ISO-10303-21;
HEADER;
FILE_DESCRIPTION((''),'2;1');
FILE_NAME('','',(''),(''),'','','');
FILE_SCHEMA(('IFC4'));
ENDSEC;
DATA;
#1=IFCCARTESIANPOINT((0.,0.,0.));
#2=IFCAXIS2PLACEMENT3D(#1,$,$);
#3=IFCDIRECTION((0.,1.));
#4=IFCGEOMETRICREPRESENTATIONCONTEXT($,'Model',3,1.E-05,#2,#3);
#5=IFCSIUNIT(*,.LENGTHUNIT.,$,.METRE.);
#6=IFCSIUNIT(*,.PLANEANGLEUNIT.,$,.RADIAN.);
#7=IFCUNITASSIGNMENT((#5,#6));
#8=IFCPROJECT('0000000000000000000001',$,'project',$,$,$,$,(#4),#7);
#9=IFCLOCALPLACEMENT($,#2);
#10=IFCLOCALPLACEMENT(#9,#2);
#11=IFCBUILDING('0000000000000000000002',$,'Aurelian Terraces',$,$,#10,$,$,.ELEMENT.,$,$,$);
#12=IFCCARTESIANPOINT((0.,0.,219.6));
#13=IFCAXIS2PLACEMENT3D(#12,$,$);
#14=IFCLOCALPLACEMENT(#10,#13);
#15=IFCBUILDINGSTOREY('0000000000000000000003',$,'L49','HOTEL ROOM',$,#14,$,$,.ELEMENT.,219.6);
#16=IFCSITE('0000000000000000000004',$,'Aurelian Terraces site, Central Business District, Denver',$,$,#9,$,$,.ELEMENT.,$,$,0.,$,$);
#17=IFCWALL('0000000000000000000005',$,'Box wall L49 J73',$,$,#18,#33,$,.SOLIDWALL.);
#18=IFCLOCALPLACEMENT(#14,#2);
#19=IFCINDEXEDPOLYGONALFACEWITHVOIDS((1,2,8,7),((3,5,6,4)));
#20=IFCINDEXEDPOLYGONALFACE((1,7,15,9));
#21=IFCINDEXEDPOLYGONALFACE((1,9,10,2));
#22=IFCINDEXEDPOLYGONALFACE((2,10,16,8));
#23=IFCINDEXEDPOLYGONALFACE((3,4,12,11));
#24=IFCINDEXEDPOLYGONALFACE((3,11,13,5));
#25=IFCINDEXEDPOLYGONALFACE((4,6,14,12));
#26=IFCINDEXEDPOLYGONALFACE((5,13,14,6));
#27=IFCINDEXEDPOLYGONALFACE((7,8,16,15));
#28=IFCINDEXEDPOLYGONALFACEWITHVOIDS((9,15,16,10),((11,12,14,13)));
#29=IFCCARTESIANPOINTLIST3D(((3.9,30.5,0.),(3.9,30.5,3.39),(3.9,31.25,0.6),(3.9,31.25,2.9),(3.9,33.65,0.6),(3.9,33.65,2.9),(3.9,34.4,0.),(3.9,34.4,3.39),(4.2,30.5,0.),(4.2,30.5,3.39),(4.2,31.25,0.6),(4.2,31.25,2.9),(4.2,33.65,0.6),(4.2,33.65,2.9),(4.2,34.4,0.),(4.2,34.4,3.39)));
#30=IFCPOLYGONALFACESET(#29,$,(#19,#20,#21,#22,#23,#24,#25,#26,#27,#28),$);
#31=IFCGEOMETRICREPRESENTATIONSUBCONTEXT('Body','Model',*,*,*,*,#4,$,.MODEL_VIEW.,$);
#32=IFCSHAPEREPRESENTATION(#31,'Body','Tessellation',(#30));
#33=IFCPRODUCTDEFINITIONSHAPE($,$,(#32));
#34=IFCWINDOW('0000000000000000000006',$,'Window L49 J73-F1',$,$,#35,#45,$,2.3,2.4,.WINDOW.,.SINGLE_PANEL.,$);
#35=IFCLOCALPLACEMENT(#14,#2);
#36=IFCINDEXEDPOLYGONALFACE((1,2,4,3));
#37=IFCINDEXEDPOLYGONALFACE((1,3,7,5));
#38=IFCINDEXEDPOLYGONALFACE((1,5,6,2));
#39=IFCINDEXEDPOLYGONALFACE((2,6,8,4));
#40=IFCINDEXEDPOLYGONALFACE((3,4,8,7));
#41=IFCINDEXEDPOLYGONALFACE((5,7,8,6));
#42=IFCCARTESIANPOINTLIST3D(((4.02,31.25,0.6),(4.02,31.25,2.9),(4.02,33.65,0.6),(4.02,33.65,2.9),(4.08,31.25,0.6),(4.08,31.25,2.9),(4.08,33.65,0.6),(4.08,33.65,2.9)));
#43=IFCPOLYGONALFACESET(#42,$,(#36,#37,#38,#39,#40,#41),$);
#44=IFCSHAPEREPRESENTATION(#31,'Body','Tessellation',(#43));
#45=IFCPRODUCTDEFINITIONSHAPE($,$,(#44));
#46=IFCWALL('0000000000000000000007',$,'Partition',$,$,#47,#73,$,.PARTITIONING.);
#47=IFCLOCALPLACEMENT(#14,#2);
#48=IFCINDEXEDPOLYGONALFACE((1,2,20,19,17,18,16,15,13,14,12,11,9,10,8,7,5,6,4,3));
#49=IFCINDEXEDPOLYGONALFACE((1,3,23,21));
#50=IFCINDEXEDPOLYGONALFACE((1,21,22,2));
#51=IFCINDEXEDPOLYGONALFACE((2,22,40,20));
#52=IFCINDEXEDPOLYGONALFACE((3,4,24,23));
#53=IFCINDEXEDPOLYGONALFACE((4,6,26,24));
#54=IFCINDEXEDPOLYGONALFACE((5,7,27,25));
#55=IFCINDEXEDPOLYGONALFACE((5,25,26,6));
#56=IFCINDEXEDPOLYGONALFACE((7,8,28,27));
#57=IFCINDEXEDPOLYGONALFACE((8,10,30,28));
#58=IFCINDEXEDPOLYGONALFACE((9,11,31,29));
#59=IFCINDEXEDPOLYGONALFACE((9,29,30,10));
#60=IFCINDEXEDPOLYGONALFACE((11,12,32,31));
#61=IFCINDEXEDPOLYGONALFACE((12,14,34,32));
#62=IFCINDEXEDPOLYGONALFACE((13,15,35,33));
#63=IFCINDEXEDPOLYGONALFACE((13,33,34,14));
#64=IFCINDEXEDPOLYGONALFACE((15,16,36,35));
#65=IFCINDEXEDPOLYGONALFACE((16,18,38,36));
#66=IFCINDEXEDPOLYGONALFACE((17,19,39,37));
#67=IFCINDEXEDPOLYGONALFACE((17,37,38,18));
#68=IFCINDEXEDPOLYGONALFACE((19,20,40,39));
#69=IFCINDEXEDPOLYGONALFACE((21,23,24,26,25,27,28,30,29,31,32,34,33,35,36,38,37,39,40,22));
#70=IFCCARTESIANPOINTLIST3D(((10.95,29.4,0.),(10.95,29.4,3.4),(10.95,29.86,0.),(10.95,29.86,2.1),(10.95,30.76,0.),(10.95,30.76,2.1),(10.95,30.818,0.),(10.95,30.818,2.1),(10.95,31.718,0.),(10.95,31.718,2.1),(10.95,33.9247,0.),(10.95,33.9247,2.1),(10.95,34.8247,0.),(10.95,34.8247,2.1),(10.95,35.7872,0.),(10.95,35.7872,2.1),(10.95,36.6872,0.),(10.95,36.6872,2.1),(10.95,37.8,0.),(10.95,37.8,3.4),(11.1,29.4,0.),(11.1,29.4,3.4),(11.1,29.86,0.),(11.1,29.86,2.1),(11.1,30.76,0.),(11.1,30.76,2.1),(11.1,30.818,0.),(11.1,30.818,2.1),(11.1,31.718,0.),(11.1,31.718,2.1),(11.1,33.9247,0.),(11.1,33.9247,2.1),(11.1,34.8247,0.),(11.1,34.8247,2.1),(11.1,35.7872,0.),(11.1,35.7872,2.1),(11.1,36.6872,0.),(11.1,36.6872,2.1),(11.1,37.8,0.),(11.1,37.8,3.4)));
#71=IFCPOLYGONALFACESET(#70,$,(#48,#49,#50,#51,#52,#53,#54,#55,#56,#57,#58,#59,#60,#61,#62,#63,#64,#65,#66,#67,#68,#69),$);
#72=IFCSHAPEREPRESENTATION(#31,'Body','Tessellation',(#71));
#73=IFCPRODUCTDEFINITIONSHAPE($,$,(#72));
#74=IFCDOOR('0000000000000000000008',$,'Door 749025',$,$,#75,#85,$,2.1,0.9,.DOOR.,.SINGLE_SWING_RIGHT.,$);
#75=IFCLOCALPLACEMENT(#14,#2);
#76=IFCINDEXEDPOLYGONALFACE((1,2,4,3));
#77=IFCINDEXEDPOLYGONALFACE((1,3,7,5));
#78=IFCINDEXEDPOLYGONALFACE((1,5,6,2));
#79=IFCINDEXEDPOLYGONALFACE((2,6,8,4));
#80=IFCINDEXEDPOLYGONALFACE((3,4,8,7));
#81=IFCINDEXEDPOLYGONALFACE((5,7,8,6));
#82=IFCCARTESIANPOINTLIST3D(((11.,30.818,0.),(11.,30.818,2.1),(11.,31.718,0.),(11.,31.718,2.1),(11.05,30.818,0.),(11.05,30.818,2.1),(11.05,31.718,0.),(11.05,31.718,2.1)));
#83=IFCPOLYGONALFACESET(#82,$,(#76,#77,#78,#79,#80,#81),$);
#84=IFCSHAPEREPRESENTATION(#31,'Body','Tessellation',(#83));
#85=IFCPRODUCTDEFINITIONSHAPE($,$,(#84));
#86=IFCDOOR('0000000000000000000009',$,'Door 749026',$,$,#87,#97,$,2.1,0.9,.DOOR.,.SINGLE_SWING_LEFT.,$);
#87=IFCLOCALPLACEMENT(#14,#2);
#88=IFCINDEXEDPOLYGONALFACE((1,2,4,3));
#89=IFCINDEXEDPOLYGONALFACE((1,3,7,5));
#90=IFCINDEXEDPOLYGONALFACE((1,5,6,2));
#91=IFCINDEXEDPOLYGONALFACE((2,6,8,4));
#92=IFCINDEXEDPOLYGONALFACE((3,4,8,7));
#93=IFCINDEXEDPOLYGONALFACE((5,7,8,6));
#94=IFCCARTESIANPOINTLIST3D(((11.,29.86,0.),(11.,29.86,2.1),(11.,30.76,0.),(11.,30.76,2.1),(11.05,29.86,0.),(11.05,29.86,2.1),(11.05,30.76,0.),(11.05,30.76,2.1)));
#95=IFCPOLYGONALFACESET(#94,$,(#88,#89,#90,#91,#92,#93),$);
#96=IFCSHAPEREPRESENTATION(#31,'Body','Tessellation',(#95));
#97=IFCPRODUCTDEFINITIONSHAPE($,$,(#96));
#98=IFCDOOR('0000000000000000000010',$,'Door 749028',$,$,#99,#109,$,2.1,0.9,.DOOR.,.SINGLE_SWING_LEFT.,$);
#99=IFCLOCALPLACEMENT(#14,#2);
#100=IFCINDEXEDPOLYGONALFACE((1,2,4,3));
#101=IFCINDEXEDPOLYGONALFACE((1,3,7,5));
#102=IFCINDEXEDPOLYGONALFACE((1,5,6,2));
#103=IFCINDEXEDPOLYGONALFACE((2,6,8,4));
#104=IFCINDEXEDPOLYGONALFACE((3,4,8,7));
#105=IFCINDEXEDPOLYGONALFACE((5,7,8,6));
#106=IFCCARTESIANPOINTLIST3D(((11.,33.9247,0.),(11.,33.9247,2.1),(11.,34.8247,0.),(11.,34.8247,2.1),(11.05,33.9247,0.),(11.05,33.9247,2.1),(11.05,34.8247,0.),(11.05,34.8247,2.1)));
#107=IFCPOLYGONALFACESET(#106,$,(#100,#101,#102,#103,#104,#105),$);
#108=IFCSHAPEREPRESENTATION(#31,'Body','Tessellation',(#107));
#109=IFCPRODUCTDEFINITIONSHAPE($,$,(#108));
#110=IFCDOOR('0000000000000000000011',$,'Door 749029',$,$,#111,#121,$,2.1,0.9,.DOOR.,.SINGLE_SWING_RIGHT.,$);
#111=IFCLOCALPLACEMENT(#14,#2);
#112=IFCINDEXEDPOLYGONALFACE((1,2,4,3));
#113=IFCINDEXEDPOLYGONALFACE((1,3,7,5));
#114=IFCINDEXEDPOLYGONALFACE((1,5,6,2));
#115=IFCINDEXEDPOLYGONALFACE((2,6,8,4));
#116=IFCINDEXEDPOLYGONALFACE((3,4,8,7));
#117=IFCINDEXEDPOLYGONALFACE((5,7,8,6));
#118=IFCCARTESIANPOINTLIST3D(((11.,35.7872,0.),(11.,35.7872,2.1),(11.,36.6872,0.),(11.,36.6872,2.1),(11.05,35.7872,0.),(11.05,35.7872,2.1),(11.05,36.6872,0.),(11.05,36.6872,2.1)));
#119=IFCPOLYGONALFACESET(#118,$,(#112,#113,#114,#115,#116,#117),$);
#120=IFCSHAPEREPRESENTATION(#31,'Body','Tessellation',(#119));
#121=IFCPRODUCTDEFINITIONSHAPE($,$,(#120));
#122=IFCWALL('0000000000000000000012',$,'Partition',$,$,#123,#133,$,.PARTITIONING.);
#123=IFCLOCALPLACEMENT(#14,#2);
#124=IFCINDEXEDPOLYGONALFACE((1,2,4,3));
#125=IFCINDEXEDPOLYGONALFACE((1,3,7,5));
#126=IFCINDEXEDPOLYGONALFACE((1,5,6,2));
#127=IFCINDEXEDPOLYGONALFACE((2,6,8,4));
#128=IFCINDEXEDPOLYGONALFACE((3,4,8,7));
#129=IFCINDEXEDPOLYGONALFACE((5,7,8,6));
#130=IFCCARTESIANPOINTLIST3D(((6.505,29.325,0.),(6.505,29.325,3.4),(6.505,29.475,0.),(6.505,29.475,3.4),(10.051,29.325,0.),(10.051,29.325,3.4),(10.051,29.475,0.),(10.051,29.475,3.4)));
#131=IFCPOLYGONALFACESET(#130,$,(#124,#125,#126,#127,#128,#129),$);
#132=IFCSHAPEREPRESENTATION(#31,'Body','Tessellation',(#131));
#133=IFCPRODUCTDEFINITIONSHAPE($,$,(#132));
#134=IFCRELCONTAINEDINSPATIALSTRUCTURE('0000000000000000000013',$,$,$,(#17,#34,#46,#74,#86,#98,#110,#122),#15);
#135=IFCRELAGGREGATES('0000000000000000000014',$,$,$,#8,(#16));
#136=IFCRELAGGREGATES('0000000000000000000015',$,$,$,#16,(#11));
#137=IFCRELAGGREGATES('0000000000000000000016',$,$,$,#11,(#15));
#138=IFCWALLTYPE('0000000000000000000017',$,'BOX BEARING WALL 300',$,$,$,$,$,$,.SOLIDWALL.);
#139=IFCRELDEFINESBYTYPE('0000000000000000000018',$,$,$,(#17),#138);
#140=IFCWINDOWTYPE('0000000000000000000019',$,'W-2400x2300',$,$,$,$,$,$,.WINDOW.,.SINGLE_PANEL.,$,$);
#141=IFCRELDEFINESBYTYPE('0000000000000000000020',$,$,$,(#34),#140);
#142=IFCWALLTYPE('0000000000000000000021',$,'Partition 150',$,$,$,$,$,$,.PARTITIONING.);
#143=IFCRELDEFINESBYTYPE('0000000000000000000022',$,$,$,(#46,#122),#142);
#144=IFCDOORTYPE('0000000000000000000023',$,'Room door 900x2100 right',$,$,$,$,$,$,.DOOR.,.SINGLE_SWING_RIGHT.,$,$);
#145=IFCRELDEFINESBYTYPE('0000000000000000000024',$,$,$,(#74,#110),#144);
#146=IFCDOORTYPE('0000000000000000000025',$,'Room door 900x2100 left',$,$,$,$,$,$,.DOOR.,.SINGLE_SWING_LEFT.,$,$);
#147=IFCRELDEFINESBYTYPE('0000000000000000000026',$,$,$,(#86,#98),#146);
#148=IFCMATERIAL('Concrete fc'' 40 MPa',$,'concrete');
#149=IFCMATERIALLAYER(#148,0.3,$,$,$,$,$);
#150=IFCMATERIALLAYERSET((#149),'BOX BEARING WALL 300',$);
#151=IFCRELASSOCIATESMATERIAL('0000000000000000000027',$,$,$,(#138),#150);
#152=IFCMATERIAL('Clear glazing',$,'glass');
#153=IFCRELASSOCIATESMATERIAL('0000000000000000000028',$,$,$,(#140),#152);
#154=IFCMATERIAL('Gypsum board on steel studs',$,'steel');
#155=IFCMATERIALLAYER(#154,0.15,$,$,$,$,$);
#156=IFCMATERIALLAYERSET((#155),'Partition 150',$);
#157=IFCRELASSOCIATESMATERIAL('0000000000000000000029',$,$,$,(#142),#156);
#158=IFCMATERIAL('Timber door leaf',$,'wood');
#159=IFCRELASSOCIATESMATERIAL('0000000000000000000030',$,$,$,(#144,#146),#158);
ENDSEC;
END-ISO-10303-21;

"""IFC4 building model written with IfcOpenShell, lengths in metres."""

from ifc_helpers import new_model, si_unit, direction, frame, frame_2d, origin, place, context, subcontext, project, spatial, rectangle, extrude, source, transform, mapped, material, layer, layer_set, type_object, element, fill, save


model = new_model("IFC4")

# Units and contexts
model_context = context("Model", 3, precision=1e-05, world=origin(), true_north=direction((0.0, 1.0)))
body_context = subcontext(model_context, "Body", "Model", "MODEL_VIEW")
ifc_project = project(units=[si_unit("LENGTHUNIT", "METRE"), si_unit("PLANEANGLEUNIT", "RADIAN")], contexts=[model_context])

# Site, building, storey
site_placement = place(None, origin())
site = spatial("IfcSite", under=ifc_project, at=site_placement, Name="Aurelian Terraces site, Central Business District, Denver", CompositionType="ELEMENT", RefElevation=0.0)
building_placement = place(site_placement, origin())
building = spatial("IfcBuilding", under=site, at=building_placement, Name="Aurelian Terraces", CompositionType="ELEMENT")
storey_placement = place(building_placement, frame((0.0, 0.0, 219.6)))
storey = spatial("IfcBuildingStorey", under=building, at=storey_placement, Name="L49", Description="HOTEL ROOM", CompositionType="ELEMENT", Elevation=219.6)

# Shared definitions
ifc_material_1 = material(Name="Clear glazing", Category="glass")

# Shared definitions
ifc_material_2 = material(Name="Concrete fc' 40 MPa", Category="concrete")

# Wall, opening, window
ifc_layer_1 = layer(ifc_material_2, 0.3)
ifc_layer_set_1 = layer_set([ifc_layer_1], Name="BOX BEARING WALL 300")
wall_type_1 = type_object("IfcWallType", Name="BOX BEARING WALL 300", PredefinedType="SOLIDWALL", material=ifc_layer_set_1)
shared_shape_1 = source(origin(), body_context, "Body", "SweptSolid", [
    extrude(rectangle(XDim=3.9, YDim=0.3, at=frame_2d((1.95, 0.0))), origin(), (0.0, 0.0, 1.0), 3.39),
])
wall_1_placement = place(storey_placement, frame((4.05, 34.4, 0.0), z_axis=(0.0, 0.0, 1.0), x_axis=(0.0, -1.0, 0.0)))
wall_1 = element("IfcWall", 1, at=wall_1_placement, inside=storey, type_object=wall_type_1, Name="Box wall L49 J73", PredefinedType="SOLIDWALL", context=body_context, shape_type="MappedRepresentation", body=[
    mapped(shared_shape_1, transform((0.0, 0.0, 0.0), scale=1.0)),
])
shared_shape_2 = source(origin(), body_context, "Body", "SweptSolid", [
    extrude(rectangle(XDim=2.4, YDim=2.3, at=frame_2d((1.2, 1.15))), frame((0.0, 0.16, 0.0), z_axis=(0.0, -1.0, 0.0), x_axis=(1.0, 0.0, 0.0)), (0.0, 0.0, 1.0), 0.32),
])
opening_1_placement = place(wall_1_placement, frame((0.75, 0.0, 0.6)))
opening_1 = element("IfcOpeningElement", 2, at=opening_1_placement, cuts=wall_1, PredefinedType="OPENING", context=body_context, shape_type="MappedRepresentation", body=[
    mapped(shared_shape_2, transform((0.0, 0.0, 0.0), scale=1.0)),
])
window_type_1 = type_object("IfcWindowType", Name="W-2400x2300", PartitioningType="SINGLE_PANEL", PredefinedType="WINDOW", material=ifc_material_1)
shared_shape_3 = source(origin(), body_context, "Body", "SweptSolid", [
    extrude(rectangle(XDim=2.4, YDim=2.3, at=frame_2d((1.2, 1.15))), frame((0.0, 0.03, 0.0), z_axis=(0.0, -1.0, 0.0), x_axis=(1.0, 0.0, 0.0)), (0.0, 0.0, 1.0), 0.06),
])
window_1_placement = place(opening_1_placement, origin())
window_1 = element("IfcWindow", 3, at=window_1_placement, inside=storey, type_object=window_type_1, Name="Window L49 J73-F1", OverallHeight=2.3, OverallWidth=2.4, PartitioningType="SINGLE_PANEL", PredefinedType="WINDOW", context=body_context, shape_type="MappedRepresentation", body=[
    mapped(shared_shape_3, transform((0.0, 0.0, 0.0), scale=1.0)),
])
fill(opening_1, window_1)

# Wall, openings, doors
ifc_material_3 = material(Name="Gypsum board on steel studs", Category="steel")
ifc_layer_2 = layer(ifc_material_3, 0.15)
ifc_layer_set_2 = layer_set([ifc_layer_2], Name="Partition 150")
wall_type_2 = type_object("IfcWallType", Name="Partition 150", PredefinedType="PARTITIONING", material=ifc_layer_set_2)
shared_shape_4 = source(origin(), body_context, "Body", "SweptSolid", [
    extrude(rectangle(XDim=8.4, YDim=0.15, at=frame_2d((4.2, 0.0))), origin(), (0.0, 0.0, 1.0), 3.4),
])
wall_2_placement = place(storey_placement, frame((11.025, 29.4, 0.0), z_axis=(0.0, 0.0, 1.0), x_axis=(0.0, 1.0, 0.0)))
wall_2 = element("IfcWall", 4, at=wall_2_placement, inside=storey, type_object=wall_type_2, Name="Partition", PredefinedType="PARTITIONING", context=body_context, shape_type="MappedRepresentation", body=[
    mapped(shared_shape_4, transform((0.0, 0.0, 0.0), scale=1.0)),
])
shared_shape_5 = source(origin(), body_context, "Body", "SweptSolid", [
    extrude(rectangle(XDim=0.9, YDim=2.1, at=frame_2d((0.45, 1.05))), frame((0.0, 0.085, 0.0), z_axis=(0.0, -1.0, 0.0), x_axis=(1.0, 0.0, 0.0)), (0.0, 0.0, 1.0), 0.17),
])
opening_2_placement = place(wall_2_placement, frame((1.418, 0.0, 0.0)))
opening_2 = element("IfcOpeningElement", 5, at=opening_2_placement, cuts=wall_2, PredefinedType="OPENING", context=body_context, shape_type="MappedRepresentation", body=[
    mapped(shared_shape_5, transform((0.0, 0.0, 0.0), scale=1.0)),
])
opening_3_placement = place(wall_2_placement, frame((0.46, 0.0, 0.0)))
opening_3 = element("IfcOpeningElement", 6, at=opening_3_placement, cuts=wall_2, PredefinedType="OPENING", context=body_context, shape_type="MappedRepresentation", body=[
    mapped(shared_shape_5, transform((0.0, 0.0, 0.0), scale=1.0)),
])
opening_4_placement = place(wall_2_placement, frame((4.5247, 0.0, 0.0)))
opening_4 = element("IfcOpeningElement", 7, at=opening_4_placement, cuts=wall_2, PredefinedType="OPENING", context=body_context, shape_type="MappedRepresentation", body=[
    mapped(shared_shape_5, transform((0.0, 0.0, 0.0), scale=1.0)),
])
opening_5_placement = place(wall_2_placement, frame((6.3872, 0.0, 0.0)))
opening_5 = element("IfcOpeningElement", 8, at=opening_5_placement, cuts=wall_2, PredefinedType="OPENING", context=body_context, shape_type="MappedRepresentation", body=[
    mapped(shared_shape_5, transform((0.0, 0.0, 0.0), scale=1.0)),
])
ifc_material_4 = material(Name="Timber door leaf", Category="wood")
door_type_1 = type_object("IfcDoorType", Name="Room door 900x2100 right", OperationType="SINGLE_SWING_RIGHT", PredefinedType="DOOR", material=ifc_material_4)
shared_shape_6 = source(origin(), body_context, "Body", "SweptSolid", [
    extrude(rectangle(XDim=0.9, YDim=2.1, at=frame_2d((0.45, 1.05))), frame((0.0, 0.025, 0.0), z_axis=(0.0, -1.0, 0.0), x_axis=(1.0, 0.0, 0.0)), (0.0, 0.0, 1.0), 0.05),
])
door_1_placement = place(opening_2_placement, origin())
door_1 = element("IfcDoor", 9, at=door_1_placement, inside=storey, type_object=door_type_1, Name="Door 749025", OperationType="SINGLE_SWING_RIGHT", OverallHeight=2.1, OverallWidth=0.9, PredefinedType="DOOR", context=body_context, shape_type="MappedRepresentation", body=[
    mapped(shared_shape_6, transform((0.0, 0.0, 0.0), scale=1.0)),
])
fill(opening_2, door_1)
door_type_2 = type_object("IfcDoorType", Name="Room door 900x2100 left", OperationType="SINGLE_SWING_LEFT", PredefinedType="DOOR", material=ifc_material_4)
door_2_placement = place(opening_3_placement, origin())
door_2 = element("IfcDoor", 10, at=door_2_placement, inside=storey, type_object=door_type_2, Name="Door 749026", OperationType="SINGLE_SWING_LEFT", OverallHeight=2.1, OverallWidth=0.9, PredefinedType="DOOR", context=body_context, shape_type="MappedRepresentation", body=[
    mapped(shared_shape_6, transform((0.0, 0.0, 0.0), scale=1.0)),
])
fill(opening_3, door_2)
door_3_placement = place(opening_4_placement, origin())
door_3 = element("IfcDoor", 11, at=door_3_placement, inside=storey, type_object=door_type_2, Name="Door 749028", OperationType="SINGLE_SWING_LEFT", OverallHeight=2.1, OverallWidth=0.9, PredefinedType="DOOR", context=body_context, shape_type="MappedRepresentation", body=[
    mapped(shared_shape_6, transform((0.0, 0.0, 0.0), scale=1.0)),
])
fill(opening_4, door_3)
door_4_placement = place(opening_5_placement, origin())
door_4 = element("IfcDoor", 12, at=door_4_placement, inside=storey, type_object=door_type_1, Name="Door 749029", OperationType="SINGLE_SWING_RIGHT", OverallHeight=2.1, OverallWidth=0.9, PredefinedType="DOOR", context=body_context, shape_type="MappedRepresentation", body=[
    mapped(shared_shape_6, transform((0.0, 0.0, 0.0), scale=1.0)),
])
fill(opening_5, door_4)

# Wall
shared_shape_7 = source(origin(), body_context, "Body", "SweptSolid", [
    extrude(rectangle(XDim=3.546, YDim=0.15, at=frame_2d((1.773, 0.0))), origin(), (0.0, 0.0, 1.0), 3.4),
])
wall_3_placement = place(storey_placement, frame((10.051, 29.4, 0.0), z_axis=(0.0, 0.0, 1.0), x_axis=(-1.0, 0.0, 0.0)))
element("IfcWall", 13, at=wall_3_placement, inside=storey, type_object=wall_type_2, Name="Partition", PredefinedType="PARTITIONING", context=body_context, shape_type="MappedRepresentation", body=[
    mapped(shared_shape_7, transform((0.0, 0.0, 0.0), scale=1.0)),
])

save(model, "model.ifc")
